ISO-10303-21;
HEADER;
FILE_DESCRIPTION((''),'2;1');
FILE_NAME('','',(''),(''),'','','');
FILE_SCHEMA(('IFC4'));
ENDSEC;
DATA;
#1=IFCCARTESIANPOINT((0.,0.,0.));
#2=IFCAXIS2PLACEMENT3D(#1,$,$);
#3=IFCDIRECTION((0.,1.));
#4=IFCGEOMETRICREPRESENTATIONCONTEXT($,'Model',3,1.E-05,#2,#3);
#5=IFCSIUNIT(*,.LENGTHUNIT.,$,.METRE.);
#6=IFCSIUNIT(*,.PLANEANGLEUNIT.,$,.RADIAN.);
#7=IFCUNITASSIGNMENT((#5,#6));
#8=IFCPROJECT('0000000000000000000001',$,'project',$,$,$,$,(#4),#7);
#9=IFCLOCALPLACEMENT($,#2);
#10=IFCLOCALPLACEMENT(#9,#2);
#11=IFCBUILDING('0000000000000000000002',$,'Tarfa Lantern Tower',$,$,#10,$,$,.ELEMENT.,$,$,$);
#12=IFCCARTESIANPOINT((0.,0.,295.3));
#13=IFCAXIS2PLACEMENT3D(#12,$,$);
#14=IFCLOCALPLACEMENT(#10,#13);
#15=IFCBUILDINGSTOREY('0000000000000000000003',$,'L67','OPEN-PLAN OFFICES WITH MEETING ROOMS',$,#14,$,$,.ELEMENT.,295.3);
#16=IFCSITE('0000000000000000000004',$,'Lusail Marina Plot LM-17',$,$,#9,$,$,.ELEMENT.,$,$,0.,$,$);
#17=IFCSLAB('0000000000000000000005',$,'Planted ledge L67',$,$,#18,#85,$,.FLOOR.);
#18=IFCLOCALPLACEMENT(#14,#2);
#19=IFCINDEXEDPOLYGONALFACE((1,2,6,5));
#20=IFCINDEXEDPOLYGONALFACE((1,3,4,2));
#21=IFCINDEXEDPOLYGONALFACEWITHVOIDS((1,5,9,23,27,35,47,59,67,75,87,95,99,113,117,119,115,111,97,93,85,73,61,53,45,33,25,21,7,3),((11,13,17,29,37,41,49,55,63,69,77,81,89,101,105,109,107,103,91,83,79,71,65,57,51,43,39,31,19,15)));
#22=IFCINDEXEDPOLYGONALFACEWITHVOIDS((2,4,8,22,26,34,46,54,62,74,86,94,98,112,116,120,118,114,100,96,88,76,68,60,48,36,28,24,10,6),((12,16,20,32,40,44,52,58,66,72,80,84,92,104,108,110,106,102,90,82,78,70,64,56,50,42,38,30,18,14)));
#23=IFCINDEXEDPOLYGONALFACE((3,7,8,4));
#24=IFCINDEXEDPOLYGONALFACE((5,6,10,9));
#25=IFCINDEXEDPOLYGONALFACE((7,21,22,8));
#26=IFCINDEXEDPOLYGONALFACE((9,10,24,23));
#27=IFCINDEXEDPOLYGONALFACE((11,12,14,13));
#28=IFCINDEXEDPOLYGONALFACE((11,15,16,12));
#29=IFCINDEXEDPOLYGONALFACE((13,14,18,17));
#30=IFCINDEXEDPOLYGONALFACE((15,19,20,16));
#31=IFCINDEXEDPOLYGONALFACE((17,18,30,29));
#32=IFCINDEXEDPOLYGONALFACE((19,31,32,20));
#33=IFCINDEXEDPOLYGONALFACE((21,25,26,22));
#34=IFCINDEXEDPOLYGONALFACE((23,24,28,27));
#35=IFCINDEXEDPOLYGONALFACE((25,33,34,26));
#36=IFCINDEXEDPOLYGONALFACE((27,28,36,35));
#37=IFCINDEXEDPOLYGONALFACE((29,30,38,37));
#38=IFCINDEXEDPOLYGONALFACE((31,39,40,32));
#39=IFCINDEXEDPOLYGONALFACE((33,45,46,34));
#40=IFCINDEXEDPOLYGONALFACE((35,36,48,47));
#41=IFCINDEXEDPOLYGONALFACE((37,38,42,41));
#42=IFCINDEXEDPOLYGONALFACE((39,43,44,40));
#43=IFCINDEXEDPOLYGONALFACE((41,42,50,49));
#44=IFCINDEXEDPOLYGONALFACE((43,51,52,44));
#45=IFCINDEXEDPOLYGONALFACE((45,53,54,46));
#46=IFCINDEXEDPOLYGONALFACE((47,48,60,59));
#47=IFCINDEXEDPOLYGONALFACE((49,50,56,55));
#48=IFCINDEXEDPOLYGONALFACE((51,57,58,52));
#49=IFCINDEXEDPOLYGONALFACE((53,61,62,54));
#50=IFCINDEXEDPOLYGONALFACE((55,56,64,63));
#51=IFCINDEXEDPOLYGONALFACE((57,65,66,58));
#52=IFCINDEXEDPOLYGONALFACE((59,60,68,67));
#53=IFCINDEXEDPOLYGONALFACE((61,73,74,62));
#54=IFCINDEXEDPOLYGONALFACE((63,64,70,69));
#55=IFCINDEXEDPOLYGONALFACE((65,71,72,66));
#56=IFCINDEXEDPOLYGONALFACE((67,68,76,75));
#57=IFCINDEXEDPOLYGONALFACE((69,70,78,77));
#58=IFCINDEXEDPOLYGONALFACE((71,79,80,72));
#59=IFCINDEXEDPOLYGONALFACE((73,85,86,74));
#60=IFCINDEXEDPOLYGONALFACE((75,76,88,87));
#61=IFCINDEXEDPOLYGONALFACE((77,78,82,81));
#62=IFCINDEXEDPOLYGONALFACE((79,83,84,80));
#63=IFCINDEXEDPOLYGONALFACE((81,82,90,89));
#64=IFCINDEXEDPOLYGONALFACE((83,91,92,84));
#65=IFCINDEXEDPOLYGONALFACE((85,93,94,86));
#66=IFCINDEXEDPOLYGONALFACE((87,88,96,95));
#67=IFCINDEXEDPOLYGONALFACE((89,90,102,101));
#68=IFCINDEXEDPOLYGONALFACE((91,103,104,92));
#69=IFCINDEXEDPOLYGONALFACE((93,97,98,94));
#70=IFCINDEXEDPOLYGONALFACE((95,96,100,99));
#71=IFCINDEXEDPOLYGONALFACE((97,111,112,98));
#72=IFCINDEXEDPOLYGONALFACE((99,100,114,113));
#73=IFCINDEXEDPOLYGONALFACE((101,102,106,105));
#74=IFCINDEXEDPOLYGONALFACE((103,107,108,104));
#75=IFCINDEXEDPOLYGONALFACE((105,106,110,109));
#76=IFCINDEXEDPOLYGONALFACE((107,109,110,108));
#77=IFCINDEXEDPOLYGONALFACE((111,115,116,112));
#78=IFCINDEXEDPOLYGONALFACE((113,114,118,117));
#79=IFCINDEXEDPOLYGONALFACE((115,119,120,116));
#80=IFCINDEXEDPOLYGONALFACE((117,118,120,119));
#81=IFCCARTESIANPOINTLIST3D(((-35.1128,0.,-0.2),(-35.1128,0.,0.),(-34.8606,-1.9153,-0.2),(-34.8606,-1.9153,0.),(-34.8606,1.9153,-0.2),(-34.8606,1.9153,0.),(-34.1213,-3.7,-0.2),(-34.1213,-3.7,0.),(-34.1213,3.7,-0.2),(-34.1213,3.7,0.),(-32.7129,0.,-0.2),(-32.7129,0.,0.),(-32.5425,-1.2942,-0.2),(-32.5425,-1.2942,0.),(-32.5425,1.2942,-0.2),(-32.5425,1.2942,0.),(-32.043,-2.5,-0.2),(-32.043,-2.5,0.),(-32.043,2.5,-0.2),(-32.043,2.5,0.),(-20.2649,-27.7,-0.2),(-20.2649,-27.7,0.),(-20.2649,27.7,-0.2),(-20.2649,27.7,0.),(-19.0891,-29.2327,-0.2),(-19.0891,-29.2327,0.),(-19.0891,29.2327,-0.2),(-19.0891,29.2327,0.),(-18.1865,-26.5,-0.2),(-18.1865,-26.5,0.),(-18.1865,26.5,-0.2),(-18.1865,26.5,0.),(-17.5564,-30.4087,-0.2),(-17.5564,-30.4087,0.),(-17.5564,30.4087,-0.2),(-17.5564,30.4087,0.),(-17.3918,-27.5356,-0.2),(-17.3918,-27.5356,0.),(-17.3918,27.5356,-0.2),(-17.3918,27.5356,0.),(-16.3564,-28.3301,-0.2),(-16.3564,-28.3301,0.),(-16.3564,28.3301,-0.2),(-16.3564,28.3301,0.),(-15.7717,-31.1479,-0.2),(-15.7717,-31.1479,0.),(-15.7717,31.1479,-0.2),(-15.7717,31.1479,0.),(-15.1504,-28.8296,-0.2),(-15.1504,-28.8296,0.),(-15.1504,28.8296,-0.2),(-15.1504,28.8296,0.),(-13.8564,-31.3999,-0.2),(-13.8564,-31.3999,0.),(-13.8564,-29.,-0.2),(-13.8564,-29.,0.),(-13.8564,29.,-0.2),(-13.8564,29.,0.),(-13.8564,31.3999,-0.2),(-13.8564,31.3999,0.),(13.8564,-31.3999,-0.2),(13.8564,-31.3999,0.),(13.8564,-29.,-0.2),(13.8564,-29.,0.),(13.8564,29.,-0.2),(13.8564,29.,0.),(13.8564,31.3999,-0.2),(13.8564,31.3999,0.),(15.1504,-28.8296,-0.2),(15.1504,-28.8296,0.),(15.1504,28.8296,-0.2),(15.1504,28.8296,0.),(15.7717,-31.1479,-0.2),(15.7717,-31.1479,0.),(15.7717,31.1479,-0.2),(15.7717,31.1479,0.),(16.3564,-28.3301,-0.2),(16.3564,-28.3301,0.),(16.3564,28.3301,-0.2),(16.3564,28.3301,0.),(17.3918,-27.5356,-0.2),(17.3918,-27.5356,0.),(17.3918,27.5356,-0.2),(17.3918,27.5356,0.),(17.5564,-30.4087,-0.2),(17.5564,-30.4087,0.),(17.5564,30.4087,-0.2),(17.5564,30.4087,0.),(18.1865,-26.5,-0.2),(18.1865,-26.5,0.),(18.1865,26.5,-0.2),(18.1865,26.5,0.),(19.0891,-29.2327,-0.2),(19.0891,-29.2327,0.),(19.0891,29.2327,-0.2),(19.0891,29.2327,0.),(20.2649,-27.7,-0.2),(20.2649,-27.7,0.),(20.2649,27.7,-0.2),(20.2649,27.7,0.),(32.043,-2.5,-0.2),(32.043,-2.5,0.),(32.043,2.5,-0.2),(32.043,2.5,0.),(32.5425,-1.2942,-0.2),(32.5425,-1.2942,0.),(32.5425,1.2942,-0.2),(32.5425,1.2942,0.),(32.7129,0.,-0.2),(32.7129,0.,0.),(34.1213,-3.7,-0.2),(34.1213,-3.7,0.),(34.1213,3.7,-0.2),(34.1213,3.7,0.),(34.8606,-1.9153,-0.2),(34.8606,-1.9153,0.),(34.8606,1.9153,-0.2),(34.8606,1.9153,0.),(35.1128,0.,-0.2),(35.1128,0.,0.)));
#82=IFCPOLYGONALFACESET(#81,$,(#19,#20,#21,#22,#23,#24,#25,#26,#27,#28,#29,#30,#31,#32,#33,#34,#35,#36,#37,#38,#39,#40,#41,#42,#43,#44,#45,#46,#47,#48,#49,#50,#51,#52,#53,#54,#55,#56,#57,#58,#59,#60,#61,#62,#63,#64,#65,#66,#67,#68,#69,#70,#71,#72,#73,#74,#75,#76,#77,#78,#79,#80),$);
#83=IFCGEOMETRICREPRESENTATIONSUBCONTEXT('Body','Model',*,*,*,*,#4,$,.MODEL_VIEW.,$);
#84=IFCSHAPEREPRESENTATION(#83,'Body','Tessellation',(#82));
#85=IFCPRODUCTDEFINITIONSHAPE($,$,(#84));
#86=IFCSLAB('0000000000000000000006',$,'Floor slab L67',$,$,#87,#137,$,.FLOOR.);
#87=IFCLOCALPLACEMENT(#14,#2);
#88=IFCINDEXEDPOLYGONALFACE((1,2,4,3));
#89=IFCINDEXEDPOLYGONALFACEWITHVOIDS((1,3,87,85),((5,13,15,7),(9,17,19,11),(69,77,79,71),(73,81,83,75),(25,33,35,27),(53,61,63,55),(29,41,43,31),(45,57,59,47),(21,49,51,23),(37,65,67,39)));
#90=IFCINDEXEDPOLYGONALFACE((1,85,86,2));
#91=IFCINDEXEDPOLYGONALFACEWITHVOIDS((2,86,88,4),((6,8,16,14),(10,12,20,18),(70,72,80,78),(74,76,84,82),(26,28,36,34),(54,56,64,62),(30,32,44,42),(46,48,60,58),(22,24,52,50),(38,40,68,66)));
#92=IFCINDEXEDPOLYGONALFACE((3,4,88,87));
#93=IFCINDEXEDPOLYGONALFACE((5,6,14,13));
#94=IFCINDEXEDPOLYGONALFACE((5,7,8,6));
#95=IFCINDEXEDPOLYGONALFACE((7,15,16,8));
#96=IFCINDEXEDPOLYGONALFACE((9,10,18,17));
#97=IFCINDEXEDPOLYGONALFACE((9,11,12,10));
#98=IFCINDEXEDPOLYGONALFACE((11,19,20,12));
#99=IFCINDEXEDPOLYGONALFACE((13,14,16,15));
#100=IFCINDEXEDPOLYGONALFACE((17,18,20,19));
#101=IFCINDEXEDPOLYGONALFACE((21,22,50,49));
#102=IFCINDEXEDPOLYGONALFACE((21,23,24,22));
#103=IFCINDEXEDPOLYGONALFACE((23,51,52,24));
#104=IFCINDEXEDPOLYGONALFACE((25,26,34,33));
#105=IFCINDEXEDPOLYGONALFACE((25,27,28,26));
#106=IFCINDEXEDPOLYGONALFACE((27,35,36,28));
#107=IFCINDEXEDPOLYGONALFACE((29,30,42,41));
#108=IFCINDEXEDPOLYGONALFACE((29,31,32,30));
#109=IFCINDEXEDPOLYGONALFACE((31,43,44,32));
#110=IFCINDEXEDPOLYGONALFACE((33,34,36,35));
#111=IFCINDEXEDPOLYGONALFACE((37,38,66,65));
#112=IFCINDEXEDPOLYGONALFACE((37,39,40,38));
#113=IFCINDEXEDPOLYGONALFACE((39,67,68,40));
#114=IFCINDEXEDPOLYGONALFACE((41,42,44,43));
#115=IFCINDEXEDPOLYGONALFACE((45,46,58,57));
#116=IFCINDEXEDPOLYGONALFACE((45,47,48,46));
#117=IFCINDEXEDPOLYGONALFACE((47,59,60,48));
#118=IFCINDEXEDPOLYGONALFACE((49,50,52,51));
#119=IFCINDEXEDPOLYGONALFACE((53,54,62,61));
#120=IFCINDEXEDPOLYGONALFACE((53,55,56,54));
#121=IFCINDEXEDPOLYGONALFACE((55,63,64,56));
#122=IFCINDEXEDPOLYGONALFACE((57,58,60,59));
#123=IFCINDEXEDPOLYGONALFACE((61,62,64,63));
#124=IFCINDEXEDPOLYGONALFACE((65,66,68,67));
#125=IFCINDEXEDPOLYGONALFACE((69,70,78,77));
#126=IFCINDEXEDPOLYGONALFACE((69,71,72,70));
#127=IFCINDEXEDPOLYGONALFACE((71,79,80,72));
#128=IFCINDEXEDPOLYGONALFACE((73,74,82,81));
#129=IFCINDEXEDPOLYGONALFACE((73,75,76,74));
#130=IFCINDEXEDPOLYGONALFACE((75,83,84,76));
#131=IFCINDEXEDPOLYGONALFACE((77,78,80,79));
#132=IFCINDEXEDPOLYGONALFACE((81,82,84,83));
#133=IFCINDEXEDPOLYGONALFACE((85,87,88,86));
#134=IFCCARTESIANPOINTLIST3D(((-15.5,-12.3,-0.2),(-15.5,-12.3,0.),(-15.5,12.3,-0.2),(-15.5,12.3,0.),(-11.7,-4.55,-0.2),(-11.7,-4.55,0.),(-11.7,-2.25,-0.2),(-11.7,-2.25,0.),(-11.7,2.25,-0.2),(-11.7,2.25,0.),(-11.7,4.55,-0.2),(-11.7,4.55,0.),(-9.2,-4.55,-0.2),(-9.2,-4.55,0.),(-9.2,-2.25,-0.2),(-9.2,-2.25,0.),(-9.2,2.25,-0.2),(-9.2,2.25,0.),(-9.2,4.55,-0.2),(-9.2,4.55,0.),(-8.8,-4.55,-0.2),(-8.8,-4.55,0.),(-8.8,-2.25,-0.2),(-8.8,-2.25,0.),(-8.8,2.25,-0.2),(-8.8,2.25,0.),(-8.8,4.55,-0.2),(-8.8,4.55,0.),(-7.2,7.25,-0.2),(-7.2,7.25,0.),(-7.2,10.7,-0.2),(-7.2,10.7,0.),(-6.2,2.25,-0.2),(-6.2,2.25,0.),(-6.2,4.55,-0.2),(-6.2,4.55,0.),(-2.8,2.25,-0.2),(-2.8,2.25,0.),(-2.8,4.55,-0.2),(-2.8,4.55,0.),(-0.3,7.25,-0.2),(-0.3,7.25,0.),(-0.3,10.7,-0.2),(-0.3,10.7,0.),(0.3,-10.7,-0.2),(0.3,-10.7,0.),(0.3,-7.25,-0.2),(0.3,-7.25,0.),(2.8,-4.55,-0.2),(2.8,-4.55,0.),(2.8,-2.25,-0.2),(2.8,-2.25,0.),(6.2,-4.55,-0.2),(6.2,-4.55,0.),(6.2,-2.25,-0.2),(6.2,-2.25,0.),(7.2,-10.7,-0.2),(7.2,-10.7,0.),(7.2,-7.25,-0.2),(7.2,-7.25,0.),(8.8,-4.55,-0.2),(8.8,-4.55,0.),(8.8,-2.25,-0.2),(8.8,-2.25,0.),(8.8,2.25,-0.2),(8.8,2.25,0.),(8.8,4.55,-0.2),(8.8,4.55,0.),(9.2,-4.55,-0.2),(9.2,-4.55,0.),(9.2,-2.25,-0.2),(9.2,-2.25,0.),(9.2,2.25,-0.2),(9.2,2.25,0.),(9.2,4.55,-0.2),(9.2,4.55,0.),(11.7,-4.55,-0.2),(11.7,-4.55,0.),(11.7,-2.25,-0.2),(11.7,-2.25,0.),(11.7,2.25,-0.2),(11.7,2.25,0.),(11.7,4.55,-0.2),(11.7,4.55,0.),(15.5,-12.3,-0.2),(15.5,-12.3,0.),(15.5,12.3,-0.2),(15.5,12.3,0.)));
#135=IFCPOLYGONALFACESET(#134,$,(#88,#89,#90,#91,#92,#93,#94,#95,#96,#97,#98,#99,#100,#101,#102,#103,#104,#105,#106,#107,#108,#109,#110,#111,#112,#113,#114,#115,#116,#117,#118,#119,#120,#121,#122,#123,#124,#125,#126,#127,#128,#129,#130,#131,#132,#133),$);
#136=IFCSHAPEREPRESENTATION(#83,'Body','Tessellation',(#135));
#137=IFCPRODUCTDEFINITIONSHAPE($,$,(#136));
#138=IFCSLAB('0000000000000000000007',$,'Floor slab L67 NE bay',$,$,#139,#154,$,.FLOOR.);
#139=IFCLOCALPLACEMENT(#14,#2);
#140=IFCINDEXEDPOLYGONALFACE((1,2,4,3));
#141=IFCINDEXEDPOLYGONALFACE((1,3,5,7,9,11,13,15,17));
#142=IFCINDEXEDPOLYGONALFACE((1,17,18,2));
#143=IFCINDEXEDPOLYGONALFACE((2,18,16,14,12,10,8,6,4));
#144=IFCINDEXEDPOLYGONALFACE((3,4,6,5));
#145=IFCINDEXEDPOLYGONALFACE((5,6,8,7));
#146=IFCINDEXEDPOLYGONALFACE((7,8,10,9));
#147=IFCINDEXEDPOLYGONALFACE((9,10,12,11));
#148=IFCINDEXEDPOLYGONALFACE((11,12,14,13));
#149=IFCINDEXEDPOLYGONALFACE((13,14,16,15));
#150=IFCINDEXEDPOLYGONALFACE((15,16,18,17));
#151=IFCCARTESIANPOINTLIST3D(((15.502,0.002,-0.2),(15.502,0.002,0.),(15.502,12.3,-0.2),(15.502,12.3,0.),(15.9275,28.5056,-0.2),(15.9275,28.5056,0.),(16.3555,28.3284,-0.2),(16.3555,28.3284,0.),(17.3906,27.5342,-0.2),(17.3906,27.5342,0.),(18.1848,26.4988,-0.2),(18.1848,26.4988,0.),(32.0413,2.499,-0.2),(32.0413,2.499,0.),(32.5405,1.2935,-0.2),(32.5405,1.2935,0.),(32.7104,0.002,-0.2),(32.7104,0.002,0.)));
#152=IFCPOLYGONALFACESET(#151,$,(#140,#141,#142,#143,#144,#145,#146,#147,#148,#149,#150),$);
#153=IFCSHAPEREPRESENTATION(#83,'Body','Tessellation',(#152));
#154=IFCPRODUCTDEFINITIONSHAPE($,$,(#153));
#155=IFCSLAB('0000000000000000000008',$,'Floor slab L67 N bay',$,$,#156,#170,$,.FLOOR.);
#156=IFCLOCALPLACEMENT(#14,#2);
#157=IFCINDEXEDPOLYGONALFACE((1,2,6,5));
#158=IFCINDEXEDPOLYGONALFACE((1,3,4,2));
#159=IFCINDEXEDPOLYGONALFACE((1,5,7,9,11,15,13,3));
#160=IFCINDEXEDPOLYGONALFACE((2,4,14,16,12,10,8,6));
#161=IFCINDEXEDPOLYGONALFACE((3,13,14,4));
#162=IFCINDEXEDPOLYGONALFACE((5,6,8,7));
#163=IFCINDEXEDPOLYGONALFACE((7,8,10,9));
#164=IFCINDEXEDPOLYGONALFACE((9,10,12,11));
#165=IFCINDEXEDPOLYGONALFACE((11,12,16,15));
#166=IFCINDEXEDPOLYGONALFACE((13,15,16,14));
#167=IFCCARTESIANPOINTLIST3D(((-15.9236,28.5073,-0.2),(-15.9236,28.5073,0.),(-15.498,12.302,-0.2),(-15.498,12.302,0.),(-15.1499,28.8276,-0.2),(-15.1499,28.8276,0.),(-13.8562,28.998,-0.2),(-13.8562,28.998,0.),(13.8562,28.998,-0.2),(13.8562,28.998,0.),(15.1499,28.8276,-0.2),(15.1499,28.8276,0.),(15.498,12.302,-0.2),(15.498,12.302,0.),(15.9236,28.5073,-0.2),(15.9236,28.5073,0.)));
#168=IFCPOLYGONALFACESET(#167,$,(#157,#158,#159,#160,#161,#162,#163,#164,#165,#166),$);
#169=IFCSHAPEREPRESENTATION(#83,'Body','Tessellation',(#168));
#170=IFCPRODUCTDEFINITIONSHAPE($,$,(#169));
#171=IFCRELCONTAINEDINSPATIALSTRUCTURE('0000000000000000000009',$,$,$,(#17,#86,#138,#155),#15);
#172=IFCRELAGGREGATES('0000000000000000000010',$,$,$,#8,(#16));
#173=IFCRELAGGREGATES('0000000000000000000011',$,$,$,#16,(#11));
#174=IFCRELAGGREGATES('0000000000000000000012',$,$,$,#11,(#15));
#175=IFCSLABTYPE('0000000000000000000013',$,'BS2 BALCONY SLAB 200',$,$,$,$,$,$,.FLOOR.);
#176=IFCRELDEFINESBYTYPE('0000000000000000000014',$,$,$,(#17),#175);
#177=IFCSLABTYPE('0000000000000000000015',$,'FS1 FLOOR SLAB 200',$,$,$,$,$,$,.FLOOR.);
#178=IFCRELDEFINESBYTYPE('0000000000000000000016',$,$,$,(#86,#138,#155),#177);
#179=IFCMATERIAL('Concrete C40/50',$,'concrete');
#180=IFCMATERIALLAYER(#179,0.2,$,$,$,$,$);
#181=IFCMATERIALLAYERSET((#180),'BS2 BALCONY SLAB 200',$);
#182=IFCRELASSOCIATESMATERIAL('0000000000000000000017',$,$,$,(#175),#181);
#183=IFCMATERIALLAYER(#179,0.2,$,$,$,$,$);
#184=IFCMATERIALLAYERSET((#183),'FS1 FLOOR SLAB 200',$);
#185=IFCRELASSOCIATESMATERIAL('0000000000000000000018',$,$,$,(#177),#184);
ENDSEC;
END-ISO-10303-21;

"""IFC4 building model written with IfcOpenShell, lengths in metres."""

from ifc_helpers import new_model, si_unit, direction, frame, origin, place, context, subcontext, project, spatial, polyline, outline, extrude, material, layer, layer_set, type_object, element, save


model = new_model("IFC4")

# Units and contexts
model_context = context("Model", 3, precision=1e-05, world=origin(), true_north=direction((0.0, 1.0)))
body_context = subcontext(model_context, "Body", "Model", "MODEL_VIEW")
ifc_project = project(units=[si_unit("LENGTHUNIT", "METRE"), si_unit("PLANEANGLEUNIT", "RADIAN")], contexts=[model_context])

# Site, building, storey
site_placement = place(None, origin())
site = spatial("IfcSite", under=ifc_project, at=site_placement, Name="Lusail Marina Plot LM-17", CompositionType="ELEMENT", RefElevation=0.0)
building_placement = place(site_placement, origin())
building = spatial("IfcBuilding", under=site, at=building_placement, Name="Tarfa Lantern Tower", CompositionType="ELEMENT")
storey_placement = place(building_placement, frame((0.0, 0.0, 295.3)))
storey = spatial("IfcBuildingStorey", under=building, at=storey_placement, Name="L67", Description="OPEN-PLAN OFFICES WITH MEETING ROOMS", CompositionType="ELEMENT", Elevation=295.3)

# Slabs
ifc_material_1 = material(Name="Concrete C40/50", Category="concrete")
ifc_layer_1 = layer(ifc_material_1, 0.2)
ifc_layer_set_1 = layer_set([ifc_layer_1], Name="BS2 BALCONY SLAB 200")
slab_type_1 = type_object("IfcSlabType", Name="BS2 BALCONY SLAB 200", PredefinedType="FLOOR", material=ifc_layer_set_1)
slab_1_placement = place(storey_placement, frame((0.0, 0.0, -0.2)))
element("IfcSlab", 1, at=slab_1_placement, inside=storey, type_object=slab_type_1, Name="Planted ledge L67", PredefinedType="FLOOR", context=body_context, shape_type="SweptSolid", body=[
    extrude(outline(polyline([(34.1213, 3.7), (20.2649, 27.7), (19.0891, 29.2327), (17.5564, 30.4087), (15.7717, 31.1479), (13.8564, 31.3999), (-13.8564, 31.3999), (-15.7717, 31.1479), (-17.5564, 30.4087), (-19.0891, 29.2327), (-20.2649, 27.7), (-34.1213, 3.7), (-34.8606, 1.9153), (-35.1128, 0.0), (-34.8606, -1.9153), (-34.1213, -3.7), (-20.2649, -27.7), (-19.0891, -29.2327), (-17.5564, -30.4087), (-15.7717, -31.1479), (-13.8564, -31.3999), (13.8564, -31.3999), (15.7717, -31.1479), (17.5564, -30.4087), (19.0891, -29.2327), (20.2649, -27.7), (34.1213, -3.7), (34.8606, -1.9153), (35.1128, 0.0), (34.8606, 1.9153), (34.1213, 3.7)]), holes=[polyline([(32.043, 2.5), (18.1865, 26.5), (17.3918, 27.5356), (16.3564, 28.3301), (15.1504, 28.8296), (13.8564, 29.0), (-13.8564, 29.0), (-15.1504, 28.8296), (-16.3564, 28.3301), (-17.3918, 27.5356), (-18.1865, 26.5), (-32.043, 2.5), (-32.5425, 1.2942), (-32.7129, 0.0), (-32.5425, -1.2942), (-32.043, -2.5), (-18.1865, -26.5), (-17.3918, -27.5356), (-16.3564, -28.3301), (-15.1504, -28.8296), (-13.8564, -29.0), (13.8564, -29.0), (15.1504, -28.8296), (16.3564, -28.3301), (17.3918, -27.5356), (18.1865, -26.5), (32.043, -2.5), (32.5425, -1.2942), (32.7129, 0.0), (32.5425, 1.2942), (32.043, 2.5)])]), origin(), (0.0, 0.0, 1.0), 0.2),
])
ifc_layer_2 = layer(ifc_material_1, 0.2)
ifc_layer_set_2 = layer_set([ifc_layer_2], Name="FS1 FLOOR SLAB 200")
slab_type_2 = type_object("IfcSlabType", Name="FS1 FLOOR SLAB 200", PredefinedType="FLOOR", material=ifc_layer_set_2)
slab_2_placement = place(storey_placement, frame((0.0, 0.0, -0.2)))
element("IfcSlab", 2, at=slab_2_placement, inside=storey, type_object=slab_type_2, Name="Floor slab L67", PredefinedType="FLOOR", context=body_context, shape_type="SweptSolid", body=[
    extrude(outline(polyline([(-15.5, -12.3), (15.5, -12.3), (15.5, 12.3), (-15.5, 12.3), (-15.5, -12.3)]), holes=[polyline([(-11.7, 2.25), (-9.2, 2.25), (-9.2, 4.55), (-11.7, 4.55), (-11.7, 2.25)]), polyline([(-8.8, 2.25), (-6.2, 2.25), (-6.2, 4.55), (-8.8, 4.55), (-8.8, 2.25)]), polyline([(-2.8, 2.25), (8.8, 2.25), (8.8, 4.55), (-2.8, 4.55), (-2.8, 2.25)]), polyline([(9.2, 2.25), (11.7, 2.25), (11.7, 4.55), (9.2, 4.55), (9.2, 2.25)]), polyline([(11.7, -2.25), (9.2, -2.25), (9.2, -4.55), (11.7, -4.55), (11.7, -2.25)]), polyline([(8.8, -2.25), (6.2, -2.25), (6.2, -4.55), (8.8, -4.55), (8.8, -2.25)]), polyline([(2.8, -2.25), (-8.8, -2.25), (-8.8, -4.55), (2.8, -4.55), (2.8, -2.25)]), polyline([(-9.2, -2.25), (-11.7, -2.25), (-11.7, -4.55), (-9.2, -4.55), (-9.2, -2.25)]), polyline([(-7.2, 7.25), (-0.3, 7.25), (-0.3, 10.7), (-7.2, 10.7), (-7.2, 7.25)]), polyline([(7.2, -7.25), (0.3, -7.25), (0.3, -10.7), (7.2, -10.7), (7.2, -7.25)])]), origin(), (0.0, 0.0, 1.0), 0.2),
])
slab_3_placement = place(storey_placement, frame((0.0, 0.0, -0.2)))
element("IfcSlab", 3, at=slab_3_placement, inside=storey, type_object=slab_type_2, Name="Floor slab L67 NE bay", PredefinedType="FLOOR", context=body_context, shape_type="SweptSolid", body=[
    extrude(outline(polyline([(32.0413, 2.499), (18.1848, 26.4988), (17.3906, 27.5342), (16.3555, 28.3284), (15.9275, 28.5056), (15.502, 12.3), (15.502, 0.002), (32.7104, 0.002), (32.5405, 1.2935), (32.0413, 2.499)])), origin(), (0.0, 0.0, 1.0), 0.2),
])
slab_4_placement = place(storey_placement, frame((0.0, 0.0, -0.2)))
element("IfcSlab", 4, at=slab_4_placement, inside=storey, type_object=slab_type_2, Name="Floor slab L67 N bay", PredefinedType="FLOOR", context=body_context, shape_type="SweptSolid", body=[
    extrude(outline(polyline([(-15.498, 12.302), (15.498, 12.302), (15.9236, 28.5073), (15.1499, 28.8276), (13.8562, 28.998), (-13.8562, 28.998), (-15.1499, 28.8276), (-15.9236, 28.5073), (-15.498, 12.302)])), origin(), (0.0, 0.0, 1.0), 0.2),
])

save(model, "model.ifc")
